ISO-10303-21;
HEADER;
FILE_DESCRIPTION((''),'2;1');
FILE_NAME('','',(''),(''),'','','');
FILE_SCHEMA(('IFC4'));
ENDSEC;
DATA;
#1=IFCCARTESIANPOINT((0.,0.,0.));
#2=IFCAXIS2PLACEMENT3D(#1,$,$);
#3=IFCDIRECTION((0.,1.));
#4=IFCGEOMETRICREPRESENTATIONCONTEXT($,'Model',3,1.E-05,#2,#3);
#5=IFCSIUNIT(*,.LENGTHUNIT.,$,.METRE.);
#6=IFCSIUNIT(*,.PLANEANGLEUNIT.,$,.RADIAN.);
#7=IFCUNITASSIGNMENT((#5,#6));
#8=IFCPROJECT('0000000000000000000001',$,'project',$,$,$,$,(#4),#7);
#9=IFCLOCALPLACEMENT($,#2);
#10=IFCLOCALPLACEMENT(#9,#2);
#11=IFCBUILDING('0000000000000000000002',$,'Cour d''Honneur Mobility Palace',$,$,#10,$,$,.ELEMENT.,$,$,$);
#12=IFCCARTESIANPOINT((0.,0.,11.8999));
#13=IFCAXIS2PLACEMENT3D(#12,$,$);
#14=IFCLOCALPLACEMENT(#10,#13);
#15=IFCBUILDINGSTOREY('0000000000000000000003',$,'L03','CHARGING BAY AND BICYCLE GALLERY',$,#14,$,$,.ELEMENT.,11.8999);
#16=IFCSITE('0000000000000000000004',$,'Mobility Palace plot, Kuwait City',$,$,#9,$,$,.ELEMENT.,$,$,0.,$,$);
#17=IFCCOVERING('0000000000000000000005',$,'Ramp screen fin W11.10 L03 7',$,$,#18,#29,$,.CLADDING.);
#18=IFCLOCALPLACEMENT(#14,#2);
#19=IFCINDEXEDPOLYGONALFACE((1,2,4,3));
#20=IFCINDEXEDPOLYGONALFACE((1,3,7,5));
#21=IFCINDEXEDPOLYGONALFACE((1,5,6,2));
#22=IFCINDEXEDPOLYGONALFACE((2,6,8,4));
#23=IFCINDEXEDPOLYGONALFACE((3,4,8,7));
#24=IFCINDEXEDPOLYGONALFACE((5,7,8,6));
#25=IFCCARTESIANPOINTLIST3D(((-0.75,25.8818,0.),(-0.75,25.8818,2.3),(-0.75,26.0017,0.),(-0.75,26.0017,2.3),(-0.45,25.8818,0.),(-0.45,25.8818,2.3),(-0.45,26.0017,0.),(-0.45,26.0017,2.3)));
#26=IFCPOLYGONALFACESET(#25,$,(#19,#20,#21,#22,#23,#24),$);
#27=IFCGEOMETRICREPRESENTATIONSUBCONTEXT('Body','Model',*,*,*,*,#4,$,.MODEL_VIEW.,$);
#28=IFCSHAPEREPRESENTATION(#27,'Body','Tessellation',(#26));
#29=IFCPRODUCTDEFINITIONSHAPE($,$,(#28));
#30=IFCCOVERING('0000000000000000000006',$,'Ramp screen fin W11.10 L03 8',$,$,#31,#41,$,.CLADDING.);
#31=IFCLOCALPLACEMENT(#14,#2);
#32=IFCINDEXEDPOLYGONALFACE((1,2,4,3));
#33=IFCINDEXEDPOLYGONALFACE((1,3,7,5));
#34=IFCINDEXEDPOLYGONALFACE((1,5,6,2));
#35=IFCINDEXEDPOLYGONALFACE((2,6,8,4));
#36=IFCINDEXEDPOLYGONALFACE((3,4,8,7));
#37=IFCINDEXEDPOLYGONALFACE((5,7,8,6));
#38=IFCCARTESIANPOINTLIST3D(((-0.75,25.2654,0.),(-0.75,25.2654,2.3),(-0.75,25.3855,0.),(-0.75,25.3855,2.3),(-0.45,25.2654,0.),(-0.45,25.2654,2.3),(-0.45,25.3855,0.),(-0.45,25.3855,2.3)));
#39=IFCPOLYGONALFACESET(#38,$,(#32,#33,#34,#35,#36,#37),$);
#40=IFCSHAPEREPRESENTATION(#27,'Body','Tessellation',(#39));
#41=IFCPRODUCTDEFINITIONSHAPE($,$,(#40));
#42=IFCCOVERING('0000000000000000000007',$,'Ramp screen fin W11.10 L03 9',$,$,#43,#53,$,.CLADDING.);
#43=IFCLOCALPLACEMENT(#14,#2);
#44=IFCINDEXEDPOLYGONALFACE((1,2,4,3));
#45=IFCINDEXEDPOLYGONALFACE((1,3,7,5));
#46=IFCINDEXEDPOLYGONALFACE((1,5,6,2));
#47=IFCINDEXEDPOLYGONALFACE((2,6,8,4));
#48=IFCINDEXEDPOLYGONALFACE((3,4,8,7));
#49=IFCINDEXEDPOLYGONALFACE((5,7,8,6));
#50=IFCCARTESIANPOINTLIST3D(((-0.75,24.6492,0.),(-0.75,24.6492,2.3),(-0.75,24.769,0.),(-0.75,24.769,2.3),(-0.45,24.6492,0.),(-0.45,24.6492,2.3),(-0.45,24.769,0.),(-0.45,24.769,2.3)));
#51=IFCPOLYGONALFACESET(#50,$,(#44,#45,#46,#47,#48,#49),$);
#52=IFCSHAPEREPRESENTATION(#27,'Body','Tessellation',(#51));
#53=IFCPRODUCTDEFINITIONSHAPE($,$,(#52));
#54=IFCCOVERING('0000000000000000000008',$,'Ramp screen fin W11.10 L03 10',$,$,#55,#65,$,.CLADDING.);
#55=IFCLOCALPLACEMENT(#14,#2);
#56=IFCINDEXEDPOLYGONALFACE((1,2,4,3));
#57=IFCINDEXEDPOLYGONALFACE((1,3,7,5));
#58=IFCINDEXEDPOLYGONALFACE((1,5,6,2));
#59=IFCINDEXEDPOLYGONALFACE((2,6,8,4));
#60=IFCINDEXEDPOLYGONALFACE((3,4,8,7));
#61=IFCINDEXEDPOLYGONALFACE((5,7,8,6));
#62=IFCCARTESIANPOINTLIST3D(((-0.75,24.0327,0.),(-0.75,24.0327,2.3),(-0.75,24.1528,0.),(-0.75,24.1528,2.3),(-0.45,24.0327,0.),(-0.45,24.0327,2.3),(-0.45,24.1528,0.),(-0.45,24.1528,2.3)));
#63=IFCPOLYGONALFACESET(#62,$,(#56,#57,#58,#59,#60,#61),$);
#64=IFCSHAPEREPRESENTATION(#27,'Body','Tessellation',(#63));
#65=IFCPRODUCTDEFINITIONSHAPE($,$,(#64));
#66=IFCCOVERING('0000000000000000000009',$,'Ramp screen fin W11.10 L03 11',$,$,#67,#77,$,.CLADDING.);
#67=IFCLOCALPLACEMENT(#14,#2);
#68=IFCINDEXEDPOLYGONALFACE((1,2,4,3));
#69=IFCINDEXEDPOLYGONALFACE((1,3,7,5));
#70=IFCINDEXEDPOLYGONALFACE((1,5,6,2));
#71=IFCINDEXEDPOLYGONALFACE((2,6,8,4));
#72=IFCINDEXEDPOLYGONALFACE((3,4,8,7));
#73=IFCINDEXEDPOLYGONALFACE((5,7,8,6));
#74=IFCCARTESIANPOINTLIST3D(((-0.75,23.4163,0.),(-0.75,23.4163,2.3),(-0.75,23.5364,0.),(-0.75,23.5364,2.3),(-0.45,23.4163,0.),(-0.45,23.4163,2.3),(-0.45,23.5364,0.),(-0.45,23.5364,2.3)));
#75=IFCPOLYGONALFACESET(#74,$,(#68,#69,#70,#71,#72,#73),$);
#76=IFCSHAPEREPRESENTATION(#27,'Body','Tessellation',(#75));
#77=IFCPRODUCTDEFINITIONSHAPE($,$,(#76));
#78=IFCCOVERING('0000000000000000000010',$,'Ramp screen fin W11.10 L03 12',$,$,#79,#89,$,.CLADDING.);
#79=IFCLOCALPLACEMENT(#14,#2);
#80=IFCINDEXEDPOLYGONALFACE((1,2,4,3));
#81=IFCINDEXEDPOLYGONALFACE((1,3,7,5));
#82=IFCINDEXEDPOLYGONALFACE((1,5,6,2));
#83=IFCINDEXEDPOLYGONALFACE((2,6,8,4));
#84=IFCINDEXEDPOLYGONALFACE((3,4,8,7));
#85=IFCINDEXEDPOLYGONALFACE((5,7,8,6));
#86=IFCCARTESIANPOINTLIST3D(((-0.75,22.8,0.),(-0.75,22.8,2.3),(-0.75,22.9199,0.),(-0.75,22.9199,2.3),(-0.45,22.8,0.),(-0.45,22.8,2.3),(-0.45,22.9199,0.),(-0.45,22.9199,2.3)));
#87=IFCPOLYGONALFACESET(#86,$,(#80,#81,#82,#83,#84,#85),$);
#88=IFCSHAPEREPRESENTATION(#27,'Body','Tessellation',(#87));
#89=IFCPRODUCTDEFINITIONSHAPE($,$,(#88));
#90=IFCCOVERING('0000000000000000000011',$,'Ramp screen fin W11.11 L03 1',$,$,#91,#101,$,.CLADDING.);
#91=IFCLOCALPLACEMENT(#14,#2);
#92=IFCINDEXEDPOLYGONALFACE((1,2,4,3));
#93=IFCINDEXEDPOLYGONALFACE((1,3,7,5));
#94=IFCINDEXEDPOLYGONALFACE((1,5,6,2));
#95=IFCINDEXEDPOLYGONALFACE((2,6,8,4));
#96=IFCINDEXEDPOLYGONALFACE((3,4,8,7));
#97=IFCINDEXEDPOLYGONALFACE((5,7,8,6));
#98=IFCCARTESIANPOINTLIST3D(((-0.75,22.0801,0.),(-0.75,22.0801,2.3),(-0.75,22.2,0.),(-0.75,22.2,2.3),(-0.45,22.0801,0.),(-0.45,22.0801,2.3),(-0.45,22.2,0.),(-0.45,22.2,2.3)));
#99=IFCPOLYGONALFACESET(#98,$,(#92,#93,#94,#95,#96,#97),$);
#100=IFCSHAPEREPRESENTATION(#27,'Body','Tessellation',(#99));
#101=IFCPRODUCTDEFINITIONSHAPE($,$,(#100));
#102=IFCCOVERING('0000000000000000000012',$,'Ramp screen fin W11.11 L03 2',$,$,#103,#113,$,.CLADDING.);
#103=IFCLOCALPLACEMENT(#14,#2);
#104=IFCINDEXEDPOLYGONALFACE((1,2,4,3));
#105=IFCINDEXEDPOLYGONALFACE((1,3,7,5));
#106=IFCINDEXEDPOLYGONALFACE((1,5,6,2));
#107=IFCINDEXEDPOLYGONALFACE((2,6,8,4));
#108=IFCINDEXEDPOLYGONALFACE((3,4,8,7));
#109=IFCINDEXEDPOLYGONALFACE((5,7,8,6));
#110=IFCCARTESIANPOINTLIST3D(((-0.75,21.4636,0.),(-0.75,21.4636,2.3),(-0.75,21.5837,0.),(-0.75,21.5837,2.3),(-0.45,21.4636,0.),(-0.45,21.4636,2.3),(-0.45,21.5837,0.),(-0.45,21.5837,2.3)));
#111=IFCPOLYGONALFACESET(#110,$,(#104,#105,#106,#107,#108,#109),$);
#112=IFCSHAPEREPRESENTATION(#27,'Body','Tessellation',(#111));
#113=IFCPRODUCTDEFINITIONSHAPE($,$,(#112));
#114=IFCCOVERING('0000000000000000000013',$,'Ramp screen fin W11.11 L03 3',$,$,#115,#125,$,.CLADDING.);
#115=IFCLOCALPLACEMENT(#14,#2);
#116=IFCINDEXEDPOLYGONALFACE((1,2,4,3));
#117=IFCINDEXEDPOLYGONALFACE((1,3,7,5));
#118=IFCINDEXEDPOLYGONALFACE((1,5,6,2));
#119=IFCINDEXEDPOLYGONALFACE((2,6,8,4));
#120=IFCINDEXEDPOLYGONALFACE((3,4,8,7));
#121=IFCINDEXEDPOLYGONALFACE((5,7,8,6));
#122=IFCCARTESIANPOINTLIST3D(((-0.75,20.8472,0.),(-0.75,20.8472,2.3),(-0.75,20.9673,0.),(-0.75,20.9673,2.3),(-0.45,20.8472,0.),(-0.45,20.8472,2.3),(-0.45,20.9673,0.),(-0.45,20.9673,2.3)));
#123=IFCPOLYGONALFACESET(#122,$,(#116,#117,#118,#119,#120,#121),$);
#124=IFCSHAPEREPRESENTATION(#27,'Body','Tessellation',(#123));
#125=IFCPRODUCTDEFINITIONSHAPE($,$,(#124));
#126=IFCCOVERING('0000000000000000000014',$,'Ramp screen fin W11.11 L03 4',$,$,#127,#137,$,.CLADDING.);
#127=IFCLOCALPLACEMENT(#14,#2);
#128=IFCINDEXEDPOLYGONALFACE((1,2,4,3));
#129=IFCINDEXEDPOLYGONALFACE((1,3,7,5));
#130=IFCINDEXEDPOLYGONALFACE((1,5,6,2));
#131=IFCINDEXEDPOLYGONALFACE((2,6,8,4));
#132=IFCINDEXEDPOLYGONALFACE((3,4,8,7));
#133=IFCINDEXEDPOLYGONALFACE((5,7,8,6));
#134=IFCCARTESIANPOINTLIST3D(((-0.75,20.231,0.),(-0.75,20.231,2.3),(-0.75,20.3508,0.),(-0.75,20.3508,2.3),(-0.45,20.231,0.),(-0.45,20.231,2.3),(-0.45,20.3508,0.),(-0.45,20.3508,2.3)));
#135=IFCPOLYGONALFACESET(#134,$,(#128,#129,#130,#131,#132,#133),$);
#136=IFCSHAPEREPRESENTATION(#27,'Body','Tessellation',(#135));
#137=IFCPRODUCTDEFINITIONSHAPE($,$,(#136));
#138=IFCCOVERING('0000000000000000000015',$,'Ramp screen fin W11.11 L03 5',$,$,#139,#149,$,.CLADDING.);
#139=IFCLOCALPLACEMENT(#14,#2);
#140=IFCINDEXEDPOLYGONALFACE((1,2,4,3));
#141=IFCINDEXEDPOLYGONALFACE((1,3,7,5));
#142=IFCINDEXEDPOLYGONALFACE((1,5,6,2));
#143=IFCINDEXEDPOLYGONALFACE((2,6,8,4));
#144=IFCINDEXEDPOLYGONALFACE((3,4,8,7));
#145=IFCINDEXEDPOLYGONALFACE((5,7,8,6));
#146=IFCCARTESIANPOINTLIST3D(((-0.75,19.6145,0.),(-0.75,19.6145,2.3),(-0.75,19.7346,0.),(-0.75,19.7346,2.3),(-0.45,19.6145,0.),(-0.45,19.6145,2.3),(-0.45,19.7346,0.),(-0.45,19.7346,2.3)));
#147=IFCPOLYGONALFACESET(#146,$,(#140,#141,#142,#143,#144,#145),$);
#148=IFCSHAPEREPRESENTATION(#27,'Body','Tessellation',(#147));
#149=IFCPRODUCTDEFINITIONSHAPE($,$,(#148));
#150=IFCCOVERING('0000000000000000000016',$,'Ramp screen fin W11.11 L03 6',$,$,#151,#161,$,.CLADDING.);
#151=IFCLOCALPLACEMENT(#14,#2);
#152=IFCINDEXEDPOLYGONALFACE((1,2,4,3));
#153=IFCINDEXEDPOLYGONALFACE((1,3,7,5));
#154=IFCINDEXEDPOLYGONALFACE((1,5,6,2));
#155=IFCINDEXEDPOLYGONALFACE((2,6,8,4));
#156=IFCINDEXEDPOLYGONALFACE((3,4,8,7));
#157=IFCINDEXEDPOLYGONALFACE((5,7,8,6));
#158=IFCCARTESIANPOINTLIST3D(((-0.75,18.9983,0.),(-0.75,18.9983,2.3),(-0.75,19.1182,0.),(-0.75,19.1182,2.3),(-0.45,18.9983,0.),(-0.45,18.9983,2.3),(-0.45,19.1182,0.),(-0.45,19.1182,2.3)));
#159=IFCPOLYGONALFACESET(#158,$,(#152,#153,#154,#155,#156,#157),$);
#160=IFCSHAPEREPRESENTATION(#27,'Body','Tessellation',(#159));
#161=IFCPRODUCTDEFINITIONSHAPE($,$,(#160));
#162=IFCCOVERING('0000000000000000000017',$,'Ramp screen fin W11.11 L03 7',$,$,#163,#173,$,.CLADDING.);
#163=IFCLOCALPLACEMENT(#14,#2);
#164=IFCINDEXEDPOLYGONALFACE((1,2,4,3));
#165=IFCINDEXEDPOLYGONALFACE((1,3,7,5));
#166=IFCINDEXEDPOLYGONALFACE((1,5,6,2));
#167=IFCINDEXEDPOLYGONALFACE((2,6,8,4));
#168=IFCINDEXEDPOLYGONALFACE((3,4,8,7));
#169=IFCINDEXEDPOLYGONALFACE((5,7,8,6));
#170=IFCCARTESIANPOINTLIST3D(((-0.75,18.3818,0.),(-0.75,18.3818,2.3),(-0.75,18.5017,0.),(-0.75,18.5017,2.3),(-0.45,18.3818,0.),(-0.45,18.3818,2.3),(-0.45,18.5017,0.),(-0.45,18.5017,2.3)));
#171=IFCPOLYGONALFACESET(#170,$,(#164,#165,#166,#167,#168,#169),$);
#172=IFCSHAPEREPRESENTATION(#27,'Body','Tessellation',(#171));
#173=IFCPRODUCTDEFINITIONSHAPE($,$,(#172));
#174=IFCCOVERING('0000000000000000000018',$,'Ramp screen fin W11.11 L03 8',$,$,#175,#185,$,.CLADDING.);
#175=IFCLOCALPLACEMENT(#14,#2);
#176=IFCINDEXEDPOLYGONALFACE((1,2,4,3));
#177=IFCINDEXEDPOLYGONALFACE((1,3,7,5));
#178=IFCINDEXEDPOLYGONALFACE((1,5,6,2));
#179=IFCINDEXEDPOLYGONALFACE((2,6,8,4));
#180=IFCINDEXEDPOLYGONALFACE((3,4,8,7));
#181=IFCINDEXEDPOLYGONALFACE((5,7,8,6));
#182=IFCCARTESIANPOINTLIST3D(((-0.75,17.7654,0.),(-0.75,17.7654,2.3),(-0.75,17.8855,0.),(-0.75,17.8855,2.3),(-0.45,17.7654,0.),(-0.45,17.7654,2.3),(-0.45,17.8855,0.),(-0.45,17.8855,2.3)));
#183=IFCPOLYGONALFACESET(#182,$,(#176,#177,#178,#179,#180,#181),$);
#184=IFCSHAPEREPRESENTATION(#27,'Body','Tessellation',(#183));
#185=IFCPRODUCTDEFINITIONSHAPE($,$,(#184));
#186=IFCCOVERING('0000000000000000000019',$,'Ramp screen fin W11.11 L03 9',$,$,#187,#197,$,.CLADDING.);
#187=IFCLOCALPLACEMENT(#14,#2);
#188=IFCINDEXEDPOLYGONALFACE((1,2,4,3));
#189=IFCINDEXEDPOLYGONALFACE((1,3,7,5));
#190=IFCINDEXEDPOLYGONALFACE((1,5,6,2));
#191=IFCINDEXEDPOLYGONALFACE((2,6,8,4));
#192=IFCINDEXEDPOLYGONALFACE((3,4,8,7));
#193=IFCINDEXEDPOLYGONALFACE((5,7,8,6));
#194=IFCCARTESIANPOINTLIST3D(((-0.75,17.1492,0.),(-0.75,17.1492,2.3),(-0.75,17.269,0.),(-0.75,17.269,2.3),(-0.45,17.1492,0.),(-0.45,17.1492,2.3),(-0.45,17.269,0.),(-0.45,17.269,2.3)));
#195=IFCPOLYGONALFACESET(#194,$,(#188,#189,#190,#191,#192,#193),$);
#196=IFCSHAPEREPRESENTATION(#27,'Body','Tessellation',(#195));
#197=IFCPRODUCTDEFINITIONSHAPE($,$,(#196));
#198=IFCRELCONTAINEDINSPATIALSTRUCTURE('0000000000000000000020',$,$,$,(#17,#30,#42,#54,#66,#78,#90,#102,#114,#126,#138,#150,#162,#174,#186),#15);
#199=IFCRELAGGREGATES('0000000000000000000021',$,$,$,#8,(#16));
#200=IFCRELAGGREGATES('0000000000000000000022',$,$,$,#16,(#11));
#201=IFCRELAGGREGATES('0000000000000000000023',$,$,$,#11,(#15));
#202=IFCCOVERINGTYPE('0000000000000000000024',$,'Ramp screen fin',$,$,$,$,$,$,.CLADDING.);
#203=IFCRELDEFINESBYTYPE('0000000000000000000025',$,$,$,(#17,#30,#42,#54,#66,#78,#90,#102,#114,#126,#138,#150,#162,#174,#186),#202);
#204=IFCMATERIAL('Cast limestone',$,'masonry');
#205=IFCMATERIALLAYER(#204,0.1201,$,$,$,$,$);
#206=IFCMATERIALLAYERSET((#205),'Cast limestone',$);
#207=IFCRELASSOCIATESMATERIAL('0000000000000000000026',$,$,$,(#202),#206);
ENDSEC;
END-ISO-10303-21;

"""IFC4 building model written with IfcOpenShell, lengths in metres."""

from ifc_helpers import new_model, si_unit, direction, frame, origin, place, context, subcontext, project, spatial, polyline, outline, extrude, material, layer, layer_set, type_object, element, save


model = new_model("IFC4")

# Units and contexts
model_context = context("Model", 3, precision=1e-05, world=origin(), true_north=direction((0.0, 1.0)))
body_context = subcontext(model_context, "Body", "Model", "MODEL_VIEW")
ifc_project = project(units=[si_unit("LENGTHUNIT", "METRE"), si_unit("PLANEANGLEUNIT", "RADIAN")], contexts=[model_context])

# Site, building, storey
site_placement = place(None, origin())
site = spatial("IfcSite", under=ifc_project, at=site_placement, Name="Mobility Palace plot, Kuwait City", CompositionType="ELEMENT", RefElevation=0.0)
building_placement = place(site_placement, origin())
building = spatial("IfcBuilding", under=site, at=building_placement, Name="Cour d'Honneur Mobility Palace", CompositionType="ELEMENT")
storey_placement = place(building_placement, frame((0.0, 0.0, 11.8999)))
storey = spatial("IfcBuildingStorey", under=building, at=storey_placement, Name="L03", Description="CHARGING BAY AND BICYCLE GALLERY", CompositionType="ELEMENT", Elevation=11.8999)

# Coverings
ifc_material = material(Name="Cast limestone", Category="masonry")
ifc_layer = layer(ifc_material, 0.1201)
ifc_layer_set = layer_set([ifc_layer], Name="Cast limestone")
covering_type = type_object("IfcCoveringType", Name="Ramp screen fin", PredefinedType="CLADDING", material=ifc_layer_set)
covering_1_placement = place(storey_placement, origin())
element("IfcCovering", 1, at=covering_1_placement, inside=storey, type_object=covering_type, Name="Ramp screen fin W11.10 L03 7", PredefinedType="CLADDING", context=body_context, shape_type="SweptSolid", body=[
    extrude(outline(polyline([(-0.45, 26.0017), (-0.45, 25.8818), (-0.75, 25.8818), (-0.75, 26.0017), (-0.45, 26.0017)])), origin(), (0.0, 0.0, 1.0), 2.3),
])
covering_2_placement = place(storey_placement, origin())
element("IfcCovering", 2, at=covering_2_placement, inside=storey, type_object=covering_type, Name="Ramp screen fin W11.10 L03 8", PredefinedType="CLADDING", context=body_context, shape_type="SweptSolid", body=[
    extrude(outline(polyline([(-0.45, 25.3855), (-0.45, 25.2654), (-0.75, 25.2654), (-0.75, 25.3855), (-0.45, 25.3855)])), origin(), (0.0, 0.0, 1.0), 2.3),
])
covering_3_placement = place(storey_placement, origin())
element("IfcCovering", 3, at=covering_3_placement, inside=storey, type_object=covering_type, Name="Ramp screen fin W11.10 L03 9", PredefinedType="CLADDING", context=body_context, shape_type="SweptSolid", body=[
    extrude(outline(polyline([(-0.45, 24.769), (-0.45, 24.6492), (-0.75, 24.6492), (-0.75, 24.769), (-0.45, 24.769)])), origin(), (0.0, 0.0, 1.0), 2.3),
])
covering_4_placement = place(storey_placement, origin())
element("IfcCovering", 4, at=covering_4_placement, inside=storey, type_object=covering_type, Name="Ramp screen fin W11.10 L03 10", PredefinedType="CLADDING", context=body_context, shape_type="SweptSolid", body=[
    extrude(outline(polyline([(-0.45, 24.1528), (-0.45, 24.0327), (-0.75, 24.0327), (-0.75, 24.1528), (-0.45, 24.1528)])), origin(), (0.0, 0.0, 1.0), 2.3),
])
covering_5_placement = place(storey_placement, origin())
element("IfcCovering", 5, at=covering_5_placement, inside=storey, type_object=covering_type, Name="Ramp screen fin W11.10 L03 11", PredefinedType="CLADDING", context=body_context, shape_type="SweptSolid", body=[
    extrude(outline(polyline([(-0.45, 23.5364), (-0.45, 23.4163), (-0.75, 23.4163), (-0.75, 23.5364), (-0.45, 23.5364)])), origin(), (0.0, 0.0, 1.0), 2.3),
])
covering_6_placement = place(storey_placement, origin())
element("IfcCovering", 6, at=covering_6_placement, inside=storey, type_object=covering_type, Name="Ramp screen fin W11.10 L03 12", PredefinedType="CLADDING", context=body_context, shape_type="SweptSolid", body=[
    extrude(outline(polyline([(-0.45, 22.9199), (-0.45, 22.8), (-0.75, 22.8), (-0.75, 22.9199), (-0.45, 22.9199)])), origin(), (0.0, 0.0, 1.0), 2.3),
])
covering_7_placement = place(storey_placement, origin())
element("IfcCovering", 7, at=covering_7_placement, inside=storey, type_object=covering_type, Name="Ramp screen fin W11.11 L03 1", PredefinedType="CLADDING", context=body_context, shape_type="SweptSolid", body=[
    extrude(outline(polyline([(-0.45, 22.2), (-0.45, 22.0801), (-0.75, 22.0801), (-0.75, 22.2), (-0.45, 22.2)])), origin(), (0.0, 0.0, 1.0), 2.3),
])
covering_8_placement = place(storey_placement, origin())
element("IfcCovering", 8, at=covering_8_placement, inside=storey, type_object=covering_type, Name="Ramp screen fin W11.11 L03 2", PredefinedType="CLADDING", context=body_context, shape_type="SweptSolid", body=[
    extrude(outline(polyline([(-0.45, 21.5837), (-0.45, 21.4636), (-0.75, 21.4636), (-0.75, 21.5837), (-0.45, 21.5837)])), origin(), (0.0, 0.0, 1.0), 2.3),
])
covering_9_placement = place(storey_placement, origin())
element("IfcCovering", 9, at=covering_9_placement, inside=storey, type_object=covering_type, Name="Ramp screen fin W11.11 L03 3", PredefinedType="CLADDING", context=body_context, shape_type="SweptSolid", body=[
    extrude(outline(polyline([(-0.45, 20.9673), (-0.45, 20.8472), (-0.75, 20.8472), (-0.75, 20.9673), (-0.45, 20.9673)])), origin(), (0.0, 0.0, 1.0), 2.3),
])
covering_10_placement = place(storey_placement, origin())
element("IfcCovering", 10, at=covering_10_placement, inside=storey, type_object=covering_type, Name="Ramp screen fin W11.11 L03 4", PredefinedType="CLADDING", context=body_context, shape_type="SweptSolid", body=[
    extrude(outline(polyline([(-0.45, 20.3508), (-0.45, 20.231), (-0.75, 20.231), (-0.75, 20.3508), (-0.45, 20.3508)])), origin(), (0.0, 0.0, 1.0), 2.3),
])
covering_11_placement = place(storey_placement, origin())
element("IfcCovering", 11, at=covering_11_placement, inside=storey, type_object=covering_type, Name="Ramp screen fin W11.11 L03 5", PredefinedType="CLADDING", context=body_context, shape_type="SweptSolid", body=[
    extrude(outline(polyline([(-0.45, 19.7346), (-0.45, 19.6145), (-0.75, 19.6145), (-0.75, 19.7346), (-0.45, 19.7346)])), origin(), (0.0, 0.0, 1.0), 2.3),
])
covering_12_placement = place(storey_placement, origin())
element("IfcCovering", 12, at=covering_12_placement, inside=storey, type_object=covering_type, Name="Ramp screen fin W11.11 L03 6", PredefinedType="CLADDING", context=body_context, shape_type="SweptSolid", body=[
    extrude(outline(polyline([(-0.45, 19.1182), (-0.45, 18.9983), (-0.75, 18.9983), (-0.75, 19.1182), (-0.45, 19.1182)])), origin(), (0.0, 0.0, 1.0), 2.3),
])
covering_13_placement = place(storey_placement, origin())
element("IfcCovering", 13, at=covering_13_placement, inside=storey, type_object=covering_type, Name="Ramp screen fin W11.11 L03 7", PredefinedType="CLADDING", context=body_context, shape_type="SweptSolid", body=[
    extrude(outline(polyline([(-0.45, 18.5017), (-0.45, 18.3818), (-0.75, 18.3818), (-0.75, 18.5017), (-0.45, 18.5017)])), origin(), (0.0, 0.0, 1.0), 2.3),
])
covering_14_placement = place(storey_placement, origin())
element("IfcCovering", 14, at=covering_14_placement, inside=storey, type_object=covering_type, Name="Ramp screen fin W11.11 L03 8", PredefinedType="CLADDING", context=body_context, shape_type="SweptSolid", body=[
    extrude(outline(polyline([(-0.45, 17.8855), (-0.45, 17.7654), (-0.75, 17.7654), (-0.75, 17.8855), (-0.45, 17.8855)])), origin(), (0.0, 0.0, 1.0), 2.3),
])
covering_15_placement = place(storey_placement, origin())
element("IfcCovering", 15, at=covering_15_placement, inside=storey, type_object=covering_type, Name="Ramp screen fin W11.11 L03 9", PredefinedType="CLADDING", context=body_context, shape_type="SweptSolid", body=[
    extrude(outline(polyline([(-0.45, 17.269), (-0.45, 17.1492), (-0.75, 17.1492), (-0.75, 17.269), (-0.45, 17.269)])), origin(), (0.0, 0.0, 1.0), 2.3),
])

save(model, "model.ifc")
